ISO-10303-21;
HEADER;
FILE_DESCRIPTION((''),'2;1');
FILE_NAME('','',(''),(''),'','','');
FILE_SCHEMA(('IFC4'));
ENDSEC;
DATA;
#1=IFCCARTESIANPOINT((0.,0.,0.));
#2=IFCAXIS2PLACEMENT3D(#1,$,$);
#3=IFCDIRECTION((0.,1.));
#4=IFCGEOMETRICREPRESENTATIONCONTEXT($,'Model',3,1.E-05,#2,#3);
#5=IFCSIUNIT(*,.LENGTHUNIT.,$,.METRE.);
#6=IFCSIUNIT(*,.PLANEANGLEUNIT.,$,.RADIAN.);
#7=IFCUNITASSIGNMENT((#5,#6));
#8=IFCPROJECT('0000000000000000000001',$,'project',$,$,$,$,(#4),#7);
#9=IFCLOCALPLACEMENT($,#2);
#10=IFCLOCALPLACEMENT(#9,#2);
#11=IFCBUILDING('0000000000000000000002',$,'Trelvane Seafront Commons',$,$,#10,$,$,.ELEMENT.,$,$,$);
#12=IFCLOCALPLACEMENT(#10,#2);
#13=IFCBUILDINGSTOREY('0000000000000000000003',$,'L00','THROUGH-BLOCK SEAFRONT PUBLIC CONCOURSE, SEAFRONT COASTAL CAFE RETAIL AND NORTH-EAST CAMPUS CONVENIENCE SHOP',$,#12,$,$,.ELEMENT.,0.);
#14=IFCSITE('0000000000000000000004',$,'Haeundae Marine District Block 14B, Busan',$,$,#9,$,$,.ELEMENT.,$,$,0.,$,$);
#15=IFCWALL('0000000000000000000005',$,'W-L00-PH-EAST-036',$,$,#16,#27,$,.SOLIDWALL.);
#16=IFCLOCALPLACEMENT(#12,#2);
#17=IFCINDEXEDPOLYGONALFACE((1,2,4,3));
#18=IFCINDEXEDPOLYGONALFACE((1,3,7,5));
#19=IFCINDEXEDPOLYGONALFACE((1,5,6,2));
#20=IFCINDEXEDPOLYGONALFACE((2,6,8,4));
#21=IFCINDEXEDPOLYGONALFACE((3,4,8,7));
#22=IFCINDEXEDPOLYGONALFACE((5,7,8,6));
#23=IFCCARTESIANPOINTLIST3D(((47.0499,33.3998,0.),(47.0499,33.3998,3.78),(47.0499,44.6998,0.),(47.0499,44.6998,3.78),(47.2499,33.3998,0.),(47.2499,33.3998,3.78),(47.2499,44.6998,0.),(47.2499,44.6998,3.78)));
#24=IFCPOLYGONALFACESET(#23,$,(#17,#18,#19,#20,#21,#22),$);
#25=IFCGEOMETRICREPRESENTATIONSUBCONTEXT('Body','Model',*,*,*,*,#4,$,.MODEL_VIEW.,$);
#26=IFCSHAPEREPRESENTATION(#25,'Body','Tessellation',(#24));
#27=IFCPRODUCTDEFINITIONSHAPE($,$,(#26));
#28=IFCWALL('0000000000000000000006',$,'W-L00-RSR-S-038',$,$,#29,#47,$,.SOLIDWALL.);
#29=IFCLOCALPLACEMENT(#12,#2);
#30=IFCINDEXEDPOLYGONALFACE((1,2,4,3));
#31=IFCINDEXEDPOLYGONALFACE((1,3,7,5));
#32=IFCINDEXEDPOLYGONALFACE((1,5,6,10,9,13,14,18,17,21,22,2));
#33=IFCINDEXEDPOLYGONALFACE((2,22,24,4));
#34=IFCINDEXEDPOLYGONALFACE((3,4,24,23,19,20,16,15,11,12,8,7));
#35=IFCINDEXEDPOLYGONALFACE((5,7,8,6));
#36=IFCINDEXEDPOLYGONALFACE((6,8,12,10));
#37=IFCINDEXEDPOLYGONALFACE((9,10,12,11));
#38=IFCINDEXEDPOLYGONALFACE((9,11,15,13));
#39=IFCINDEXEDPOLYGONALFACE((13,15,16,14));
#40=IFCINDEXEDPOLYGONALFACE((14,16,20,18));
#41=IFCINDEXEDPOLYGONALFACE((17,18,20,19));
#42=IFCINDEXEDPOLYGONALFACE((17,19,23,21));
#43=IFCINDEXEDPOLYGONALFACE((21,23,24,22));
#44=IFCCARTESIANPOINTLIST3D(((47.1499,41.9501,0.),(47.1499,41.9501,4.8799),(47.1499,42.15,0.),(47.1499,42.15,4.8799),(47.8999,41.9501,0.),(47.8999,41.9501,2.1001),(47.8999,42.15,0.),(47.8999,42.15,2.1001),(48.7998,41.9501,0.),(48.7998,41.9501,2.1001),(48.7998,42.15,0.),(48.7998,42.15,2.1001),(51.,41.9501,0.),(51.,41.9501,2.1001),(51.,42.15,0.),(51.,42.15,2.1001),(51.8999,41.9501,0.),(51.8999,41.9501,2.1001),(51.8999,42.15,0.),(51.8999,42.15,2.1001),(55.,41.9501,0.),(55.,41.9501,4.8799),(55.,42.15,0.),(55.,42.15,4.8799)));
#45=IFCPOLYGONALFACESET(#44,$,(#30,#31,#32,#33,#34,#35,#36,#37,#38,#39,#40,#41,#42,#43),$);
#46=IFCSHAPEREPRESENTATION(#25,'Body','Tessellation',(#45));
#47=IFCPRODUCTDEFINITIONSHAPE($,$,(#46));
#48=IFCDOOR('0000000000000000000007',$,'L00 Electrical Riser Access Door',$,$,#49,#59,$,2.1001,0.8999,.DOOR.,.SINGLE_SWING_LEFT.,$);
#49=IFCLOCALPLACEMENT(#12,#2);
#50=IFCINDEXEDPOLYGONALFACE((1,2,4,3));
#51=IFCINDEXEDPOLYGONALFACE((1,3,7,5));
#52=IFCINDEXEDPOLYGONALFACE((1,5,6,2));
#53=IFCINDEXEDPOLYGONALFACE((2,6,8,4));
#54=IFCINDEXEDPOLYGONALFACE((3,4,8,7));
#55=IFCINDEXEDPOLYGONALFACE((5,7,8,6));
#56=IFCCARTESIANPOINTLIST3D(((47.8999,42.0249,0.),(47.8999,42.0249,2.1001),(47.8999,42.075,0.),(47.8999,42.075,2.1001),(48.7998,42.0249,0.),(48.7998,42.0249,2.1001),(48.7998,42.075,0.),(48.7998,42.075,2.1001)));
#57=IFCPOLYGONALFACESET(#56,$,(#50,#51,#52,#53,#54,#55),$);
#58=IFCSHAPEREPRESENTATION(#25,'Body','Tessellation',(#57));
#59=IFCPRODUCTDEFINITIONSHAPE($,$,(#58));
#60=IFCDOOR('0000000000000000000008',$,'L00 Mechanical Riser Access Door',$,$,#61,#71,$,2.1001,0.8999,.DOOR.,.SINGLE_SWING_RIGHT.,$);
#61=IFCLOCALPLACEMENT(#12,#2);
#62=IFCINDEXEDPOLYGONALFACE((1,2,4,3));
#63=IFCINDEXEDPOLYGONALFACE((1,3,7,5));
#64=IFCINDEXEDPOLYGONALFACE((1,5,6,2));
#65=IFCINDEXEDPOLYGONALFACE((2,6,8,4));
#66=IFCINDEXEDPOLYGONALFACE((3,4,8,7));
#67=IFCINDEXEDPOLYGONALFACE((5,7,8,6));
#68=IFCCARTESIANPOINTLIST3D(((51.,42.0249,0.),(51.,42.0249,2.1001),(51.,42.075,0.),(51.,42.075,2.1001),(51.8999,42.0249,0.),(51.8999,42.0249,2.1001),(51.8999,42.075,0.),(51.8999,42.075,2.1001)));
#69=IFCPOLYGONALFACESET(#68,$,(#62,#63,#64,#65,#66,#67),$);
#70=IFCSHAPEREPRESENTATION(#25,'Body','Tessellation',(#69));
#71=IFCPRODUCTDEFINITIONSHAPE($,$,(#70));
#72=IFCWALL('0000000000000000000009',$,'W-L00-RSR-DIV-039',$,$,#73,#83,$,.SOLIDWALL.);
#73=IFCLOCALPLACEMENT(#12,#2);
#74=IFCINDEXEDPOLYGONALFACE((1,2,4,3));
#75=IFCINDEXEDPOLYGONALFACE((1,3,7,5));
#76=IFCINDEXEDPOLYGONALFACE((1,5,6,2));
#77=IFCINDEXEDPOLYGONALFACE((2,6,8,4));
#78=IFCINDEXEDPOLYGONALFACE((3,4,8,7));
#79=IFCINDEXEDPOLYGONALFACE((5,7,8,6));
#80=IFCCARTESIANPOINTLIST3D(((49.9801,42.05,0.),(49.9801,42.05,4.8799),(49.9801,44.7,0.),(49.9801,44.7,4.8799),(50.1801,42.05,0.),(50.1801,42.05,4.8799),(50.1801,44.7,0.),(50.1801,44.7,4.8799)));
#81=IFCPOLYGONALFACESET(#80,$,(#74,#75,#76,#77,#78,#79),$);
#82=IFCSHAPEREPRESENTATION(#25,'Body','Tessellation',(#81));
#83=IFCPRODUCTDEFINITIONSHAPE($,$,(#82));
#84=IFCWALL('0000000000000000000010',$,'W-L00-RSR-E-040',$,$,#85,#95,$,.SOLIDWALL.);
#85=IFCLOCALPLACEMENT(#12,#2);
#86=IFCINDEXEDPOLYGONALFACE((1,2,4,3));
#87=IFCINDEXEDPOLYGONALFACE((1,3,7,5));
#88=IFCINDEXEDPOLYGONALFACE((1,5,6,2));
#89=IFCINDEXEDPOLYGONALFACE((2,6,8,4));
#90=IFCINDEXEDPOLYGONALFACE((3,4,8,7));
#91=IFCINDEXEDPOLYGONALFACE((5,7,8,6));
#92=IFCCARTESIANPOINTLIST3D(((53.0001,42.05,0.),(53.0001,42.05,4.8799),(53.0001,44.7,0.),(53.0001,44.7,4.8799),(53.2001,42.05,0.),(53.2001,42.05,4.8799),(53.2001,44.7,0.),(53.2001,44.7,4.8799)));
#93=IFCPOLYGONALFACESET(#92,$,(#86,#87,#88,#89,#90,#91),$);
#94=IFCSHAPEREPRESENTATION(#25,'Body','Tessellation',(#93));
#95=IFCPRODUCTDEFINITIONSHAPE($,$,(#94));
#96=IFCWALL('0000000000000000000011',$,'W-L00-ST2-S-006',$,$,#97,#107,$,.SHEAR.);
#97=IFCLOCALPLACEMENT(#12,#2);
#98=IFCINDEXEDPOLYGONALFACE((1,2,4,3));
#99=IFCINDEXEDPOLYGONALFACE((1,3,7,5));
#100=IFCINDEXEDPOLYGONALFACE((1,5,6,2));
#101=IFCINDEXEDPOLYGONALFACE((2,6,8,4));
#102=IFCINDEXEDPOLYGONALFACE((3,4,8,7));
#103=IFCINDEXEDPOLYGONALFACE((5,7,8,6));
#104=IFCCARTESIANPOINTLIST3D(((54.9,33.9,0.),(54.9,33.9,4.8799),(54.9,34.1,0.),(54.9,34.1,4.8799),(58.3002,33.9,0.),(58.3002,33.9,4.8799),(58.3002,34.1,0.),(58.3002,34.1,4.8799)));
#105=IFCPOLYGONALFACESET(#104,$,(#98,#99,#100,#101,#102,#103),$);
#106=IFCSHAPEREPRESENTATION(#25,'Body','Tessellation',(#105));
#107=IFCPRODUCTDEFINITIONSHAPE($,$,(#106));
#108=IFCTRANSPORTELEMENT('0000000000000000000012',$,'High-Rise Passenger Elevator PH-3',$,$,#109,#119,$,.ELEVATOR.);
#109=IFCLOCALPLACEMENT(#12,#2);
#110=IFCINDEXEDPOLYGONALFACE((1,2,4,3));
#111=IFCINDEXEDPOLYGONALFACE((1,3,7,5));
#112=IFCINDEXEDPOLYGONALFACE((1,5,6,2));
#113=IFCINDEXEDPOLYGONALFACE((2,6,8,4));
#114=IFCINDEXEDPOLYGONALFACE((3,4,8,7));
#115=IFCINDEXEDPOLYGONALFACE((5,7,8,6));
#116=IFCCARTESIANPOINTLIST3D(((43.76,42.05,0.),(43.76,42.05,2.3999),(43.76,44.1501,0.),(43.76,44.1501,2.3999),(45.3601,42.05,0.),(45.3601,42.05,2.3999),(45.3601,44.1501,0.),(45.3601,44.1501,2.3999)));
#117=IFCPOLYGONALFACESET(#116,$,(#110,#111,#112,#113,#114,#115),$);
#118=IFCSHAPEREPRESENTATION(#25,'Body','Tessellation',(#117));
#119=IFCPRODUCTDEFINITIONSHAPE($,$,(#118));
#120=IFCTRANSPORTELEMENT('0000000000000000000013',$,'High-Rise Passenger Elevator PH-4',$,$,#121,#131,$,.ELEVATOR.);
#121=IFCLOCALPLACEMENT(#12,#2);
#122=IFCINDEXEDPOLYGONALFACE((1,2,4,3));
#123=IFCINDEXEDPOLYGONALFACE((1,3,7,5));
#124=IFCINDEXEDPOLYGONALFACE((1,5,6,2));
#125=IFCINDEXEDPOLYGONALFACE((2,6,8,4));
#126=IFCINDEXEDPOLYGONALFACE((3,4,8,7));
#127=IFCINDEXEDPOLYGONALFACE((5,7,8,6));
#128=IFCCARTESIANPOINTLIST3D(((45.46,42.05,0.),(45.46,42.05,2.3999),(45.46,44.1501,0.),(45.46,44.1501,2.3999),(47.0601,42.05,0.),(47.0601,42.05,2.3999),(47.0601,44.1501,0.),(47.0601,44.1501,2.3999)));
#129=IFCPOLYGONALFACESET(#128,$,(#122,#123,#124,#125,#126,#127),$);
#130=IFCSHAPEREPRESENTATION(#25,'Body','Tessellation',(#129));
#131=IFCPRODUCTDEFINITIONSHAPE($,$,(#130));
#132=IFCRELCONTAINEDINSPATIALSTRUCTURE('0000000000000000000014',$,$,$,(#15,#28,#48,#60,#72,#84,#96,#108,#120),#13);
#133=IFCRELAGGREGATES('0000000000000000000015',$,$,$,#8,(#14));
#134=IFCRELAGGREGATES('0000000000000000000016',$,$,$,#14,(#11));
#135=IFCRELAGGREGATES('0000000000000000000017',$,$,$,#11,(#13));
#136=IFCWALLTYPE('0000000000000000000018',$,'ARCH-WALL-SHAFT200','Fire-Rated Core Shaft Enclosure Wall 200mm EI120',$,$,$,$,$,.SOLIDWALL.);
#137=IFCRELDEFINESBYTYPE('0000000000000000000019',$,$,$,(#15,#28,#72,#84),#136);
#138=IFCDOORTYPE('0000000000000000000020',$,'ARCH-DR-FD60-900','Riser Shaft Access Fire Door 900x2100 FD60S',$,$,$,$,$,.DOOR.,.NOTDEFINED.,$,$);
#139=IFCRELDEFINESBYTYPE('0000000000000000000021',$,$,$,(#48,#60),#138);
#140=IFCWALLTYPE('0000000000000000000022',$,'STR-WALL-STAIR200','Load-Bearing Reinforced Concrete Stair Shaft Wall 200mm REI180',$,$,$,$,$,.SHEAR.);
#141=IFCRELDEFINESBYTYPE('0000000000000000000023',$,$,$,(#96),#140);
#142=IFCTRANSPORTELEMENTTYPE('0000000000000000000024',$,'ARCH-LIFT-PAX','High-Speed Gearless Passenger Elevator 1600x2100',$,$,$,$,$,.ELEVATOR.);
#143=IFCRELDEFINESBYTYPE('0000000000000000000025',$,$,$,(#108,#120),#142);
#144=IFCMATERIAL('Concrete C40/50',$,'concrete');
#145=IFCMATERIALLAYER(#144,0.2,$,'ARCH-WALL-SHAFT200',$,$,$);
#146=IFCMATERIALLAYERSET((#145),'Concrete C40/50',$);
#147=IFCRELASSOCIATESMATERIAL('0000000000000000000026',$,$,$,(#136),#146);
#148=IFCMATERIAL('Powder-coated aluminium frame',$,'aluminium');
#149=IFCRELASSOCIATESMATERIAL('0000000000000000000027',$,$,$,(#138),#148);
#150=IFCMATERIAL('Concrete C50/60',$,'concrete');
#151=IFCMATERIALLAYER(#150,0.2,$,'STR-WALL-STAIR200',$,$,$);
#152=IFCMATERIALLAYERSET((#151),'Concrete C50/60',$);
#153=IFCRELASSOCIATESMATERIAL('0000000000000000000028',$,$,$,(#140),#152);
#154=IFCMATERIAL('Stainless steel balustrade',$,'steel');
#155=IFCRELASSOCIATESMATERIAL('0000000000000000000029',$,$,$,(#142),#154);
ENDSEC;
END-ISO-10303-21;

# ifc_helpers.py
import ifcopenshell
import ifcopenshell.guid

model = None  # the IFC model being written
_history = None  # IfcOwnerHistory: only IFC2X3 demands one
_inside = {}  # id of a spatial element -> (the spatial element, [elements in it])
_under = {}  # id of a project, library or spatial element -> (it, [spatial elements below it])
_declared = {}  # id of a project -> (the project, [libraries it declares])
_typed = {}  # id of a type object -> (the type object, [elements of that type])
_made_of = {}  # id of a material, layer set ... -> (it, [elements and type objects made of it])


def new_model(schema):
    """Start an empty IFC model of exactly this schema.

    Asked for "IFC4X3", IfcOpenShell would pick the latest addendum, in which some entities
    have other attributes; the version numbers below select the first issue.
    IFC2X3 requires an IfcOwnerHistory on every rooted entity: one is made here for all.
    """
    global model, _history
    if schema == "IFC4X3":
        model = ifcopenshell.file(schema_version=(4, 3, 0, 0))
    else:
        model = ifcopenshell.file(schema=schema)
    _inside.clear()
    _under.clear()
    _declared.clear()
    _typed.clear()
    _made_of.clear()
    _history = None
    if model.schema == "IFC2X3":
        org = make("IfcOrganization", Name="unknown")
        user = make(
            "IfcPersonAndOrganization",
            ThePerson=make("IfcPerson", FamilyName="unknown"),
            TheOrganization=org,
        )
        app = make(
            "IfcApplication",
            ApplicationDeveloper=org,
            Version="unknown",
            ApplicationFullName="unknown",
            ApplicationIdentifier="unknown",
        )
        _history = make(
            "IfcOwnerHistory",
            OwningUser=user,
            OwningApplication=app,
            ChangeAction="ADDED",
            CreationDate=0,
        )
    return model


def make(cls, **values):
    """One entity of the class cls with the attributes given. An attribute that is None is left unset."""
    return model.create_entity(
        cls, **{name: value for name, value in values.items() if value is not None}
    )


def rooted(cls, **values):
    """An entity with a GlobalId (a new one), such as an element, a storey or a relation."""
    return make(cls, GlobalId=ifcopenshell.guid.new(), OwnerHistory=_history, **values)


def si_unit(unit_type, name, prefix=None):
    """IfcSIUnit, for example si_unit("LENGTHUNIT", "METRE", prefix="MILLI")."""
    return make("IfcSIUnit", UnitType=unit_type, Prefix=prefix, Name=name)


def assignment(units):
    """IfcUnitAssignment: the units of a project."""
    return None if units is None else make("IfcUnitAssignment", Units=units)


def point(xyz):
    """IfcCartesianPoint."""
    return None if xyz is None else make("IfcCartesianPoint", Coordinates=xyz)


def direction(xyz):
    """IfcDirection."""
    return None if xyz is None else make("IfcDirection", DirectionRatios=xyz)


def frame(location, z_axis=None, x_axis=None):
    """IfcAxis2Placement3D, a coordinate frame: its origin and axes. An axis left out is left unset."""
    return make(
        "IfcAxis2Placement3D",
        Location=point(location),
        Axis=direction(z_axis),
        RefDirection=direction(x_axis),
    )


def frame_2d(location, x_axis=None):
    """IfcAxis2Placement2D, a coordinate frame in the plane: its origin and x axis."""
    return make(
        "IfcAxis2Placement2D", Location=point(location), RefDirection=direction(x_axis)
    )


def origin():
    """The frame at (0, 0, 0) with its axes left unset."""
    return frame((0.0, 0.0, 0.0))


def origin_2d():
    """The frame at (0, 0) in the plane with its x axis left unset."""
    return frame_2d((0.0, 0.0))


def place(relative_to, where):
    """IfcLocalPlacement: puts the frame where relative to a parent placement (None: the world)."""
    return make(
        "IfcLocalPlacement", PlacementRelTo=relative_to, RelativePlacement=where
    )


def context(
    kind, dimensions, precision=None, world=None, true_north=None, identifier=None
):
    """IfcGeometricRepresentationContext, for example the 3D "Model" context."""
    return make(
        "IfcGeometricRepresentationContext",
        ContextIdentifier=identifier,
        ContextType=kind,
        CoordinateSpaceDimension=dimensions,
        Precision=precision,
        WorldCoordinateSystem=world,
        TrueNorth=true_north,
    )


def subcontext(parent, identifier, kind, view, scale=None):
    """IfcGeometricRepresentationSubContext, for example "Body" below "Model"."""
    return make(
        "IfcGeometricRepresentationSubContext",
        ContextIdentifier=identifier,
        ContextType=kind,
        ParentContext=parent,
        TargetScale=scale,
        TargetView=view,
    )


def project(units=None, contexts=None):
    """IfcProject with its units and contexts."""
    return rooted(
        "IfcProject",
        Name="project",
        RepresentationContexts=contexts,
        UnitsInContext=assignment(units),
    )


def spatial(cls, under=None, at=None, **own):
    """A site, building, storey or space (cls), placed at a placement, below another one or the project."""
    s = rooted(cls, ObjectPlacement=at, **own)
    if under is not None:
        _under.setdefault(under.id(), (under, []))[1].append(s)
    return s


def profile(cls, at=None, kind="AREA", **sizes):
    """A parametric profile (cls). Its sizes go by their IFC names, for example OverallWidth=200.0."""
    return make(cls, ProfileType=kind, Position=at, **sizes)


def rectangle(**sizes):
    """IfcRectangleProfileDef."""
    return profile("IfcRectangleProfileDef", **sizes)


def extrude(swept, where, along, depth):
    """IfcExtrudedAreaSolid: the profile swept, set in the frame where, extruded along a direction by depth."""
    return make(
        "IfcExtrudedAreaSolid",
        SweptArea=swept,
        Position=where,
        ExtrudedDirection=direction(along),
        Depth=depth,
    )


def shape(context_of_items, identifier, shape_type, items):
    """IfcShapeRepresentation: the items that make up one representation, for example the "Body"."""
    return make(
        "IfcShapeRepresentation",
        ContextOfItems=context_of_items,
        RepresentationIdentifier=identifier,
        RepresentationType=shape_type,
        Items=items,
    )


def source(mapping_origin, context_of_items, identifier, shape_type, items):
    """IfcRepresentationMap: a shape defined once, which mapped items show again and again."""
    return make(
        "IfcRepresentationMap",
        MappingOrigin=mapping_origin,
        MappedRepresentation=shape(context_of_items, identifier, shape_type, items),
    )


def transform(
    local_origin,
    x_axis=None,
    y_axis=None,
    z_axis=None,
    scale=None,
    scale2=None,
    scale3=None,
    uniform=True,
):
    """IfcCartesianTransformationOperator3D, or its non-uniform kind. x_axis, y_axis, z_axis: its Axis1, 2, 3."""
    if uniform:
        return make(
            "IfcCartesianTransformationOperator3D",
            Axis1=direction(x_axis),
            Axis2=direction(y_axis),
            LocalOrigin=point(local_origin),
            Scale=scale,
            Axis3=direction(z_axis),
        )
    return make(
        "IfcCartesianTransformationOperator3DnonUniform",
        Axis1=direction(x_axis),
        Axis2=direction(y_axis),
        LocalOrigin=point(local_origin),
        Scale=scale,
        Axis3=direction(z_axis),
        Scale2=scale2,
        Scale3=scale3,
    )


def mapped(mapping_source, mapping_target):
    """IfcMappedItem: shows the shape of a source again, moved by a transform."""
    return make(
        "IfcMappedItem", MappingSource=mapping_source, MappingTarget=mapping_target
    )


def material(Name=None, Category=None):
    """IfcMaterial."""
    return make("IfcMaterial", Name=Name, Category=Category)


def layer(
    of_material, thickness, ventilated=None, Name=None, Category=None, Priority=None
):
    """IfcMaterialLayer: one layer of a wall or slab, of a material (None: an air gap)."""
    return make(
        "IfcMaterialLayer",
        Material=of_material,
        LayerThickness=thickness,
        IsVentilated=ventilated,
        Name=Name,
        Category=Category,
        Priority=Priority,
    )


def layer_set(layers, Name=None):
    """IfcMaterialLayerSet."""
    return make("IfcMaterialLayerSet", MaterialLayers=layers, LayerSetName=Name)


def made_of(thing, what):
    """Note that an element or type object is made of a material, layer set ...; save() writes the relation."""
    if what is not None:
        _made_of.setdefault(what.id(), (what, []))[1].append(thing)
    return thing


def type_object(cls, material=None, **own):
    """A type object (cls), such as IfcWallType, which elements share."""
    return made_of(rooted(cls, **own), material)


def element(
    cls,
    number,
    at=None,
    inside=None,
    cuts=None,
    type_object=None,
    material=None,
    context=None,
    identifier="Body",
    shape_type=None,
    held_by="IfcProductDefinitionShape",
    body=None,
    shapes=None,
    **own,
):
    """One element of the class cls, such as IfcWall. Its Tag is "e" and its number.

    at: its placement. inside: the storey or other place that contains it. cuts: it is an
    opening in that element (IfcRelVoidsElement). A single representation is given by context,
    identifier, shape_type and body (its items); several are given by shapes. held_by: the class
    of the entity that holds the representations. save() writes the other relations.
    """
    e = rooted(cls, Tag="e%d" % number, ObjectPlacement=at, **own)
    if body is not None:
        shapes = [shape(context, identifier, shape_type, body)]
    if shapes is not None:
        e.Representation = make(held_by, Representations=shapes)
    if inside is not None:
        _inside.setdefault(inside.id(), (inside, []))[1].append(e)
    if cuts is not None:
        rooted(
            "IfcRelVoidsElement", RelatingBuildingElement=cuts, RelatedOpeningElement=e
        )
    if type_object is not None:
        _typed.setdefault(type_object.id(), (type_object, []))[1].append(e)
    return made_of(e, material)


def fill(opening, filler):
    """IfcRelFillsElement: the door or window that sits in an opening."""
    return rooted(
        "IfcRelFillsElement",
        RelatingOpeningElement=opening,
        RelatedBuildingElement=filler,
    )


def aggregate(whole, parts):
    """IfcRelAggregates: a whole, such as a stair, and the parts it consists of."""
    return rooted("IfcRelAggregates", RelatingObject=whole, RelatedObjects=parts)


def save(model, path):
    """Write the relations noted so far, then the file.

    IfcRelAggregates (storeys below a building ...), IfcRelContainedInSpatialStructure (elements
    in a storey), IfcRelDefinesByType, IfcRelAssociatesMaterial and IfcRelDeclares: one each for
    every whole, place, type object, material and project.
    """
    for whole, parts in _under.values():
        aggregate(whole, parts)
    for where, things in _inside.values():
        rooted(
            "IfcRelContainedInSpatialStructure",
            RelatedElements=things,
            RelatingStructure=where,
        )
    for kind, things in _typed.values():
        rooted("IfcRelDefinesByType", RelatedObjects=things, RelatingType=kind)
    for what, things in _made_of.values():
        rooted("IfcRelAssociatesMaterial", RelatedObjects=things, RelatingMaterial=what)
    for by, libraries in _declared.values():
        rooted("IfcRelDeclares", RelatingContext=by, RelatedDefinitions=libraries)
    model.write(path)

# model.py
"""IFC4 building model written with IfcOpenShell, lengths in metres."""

from ifc_helpers import new_model, si_unit, direction, frame, frame_2d, origin, origin_2d, place, context, subcontext, project, spatial, rectangle, extrude, source, transform, mapped, material, layer, layer_set, type_object, element, fill, save


model = new_model("IFC4")

# Units and contexts
model_context = context("Model", 3, precision=1e-05, world=origin(), true_north=direction((0.0, 1.0)))
body_context = subcontext(model_context, "Body", "Model", "MODEL_VIEW")
ifc_project = project(units=[si_unit("LENGTHUNIT", "METRE"), si_unit("PLANEANGLEUNIT", "RADIAN")], contexts=[model_context])

# Site, building, storey
site_placement = place(None, origin())
site = spatial("IfcSite", under=ifc_project, at=site_placement, Name="Haeundae Marine District Block 14B, Busan", CompositionType="ELEMENT", RefElevation=0.0)
building_placement = place(site_placement, origin())
building = spatial("IfcBuilding", under=site, at=building_placement, Name="Trelvane Seafront Commons", CompositionType="ELEMENT")
storey_placement = place(building_placement, origin())
storey = spatial("IfcBuildingStorey", under=building, at=storey_placement, Name="L00", Description="THROUGH-BLOCK SEAFRONT PUBLIC CONCOURSE, SEAFRONT COASTAL CAFE RETAIL AND NORTH-EAST CAMPUS CONVENIENCE SHOP", CompositionType="ELEMENT", Elevation=0.0)

# Shared definitions
ifc_material_1 = material(Name="Concrete C40/50", Category="concrete")
ifc_material_2 = material(Name="Powder-coated aluminium frame", Category="aluminium")

# Wall
ifc_layer_1 = layer(ifc_material_1, 0.2, Name="ARCH-WALL-SHAFT200")
ifc_layer_set_1 = layer_set([ifc_layer_1], Name="Concrete C40/50")
wall_type_1 = type_object("IfcWallType", Name="ARCH-WALL-SHAFT200", Description="Fire-Rated Core Shaft Enclosure Wall 200mm EI120", PredefinedType="SOLIDWALL", material=ifc_layer_set_1)
wall_1_placement = place(storey_placement, frame((47.1499, 33.3999, 0.0), z_axis=(0.0, 0.0, 1.0), x_axis=(0.0, 1.0, 0.0)))
element("IfcWall", 1, at=wall_1_placement, inside=storey, type_object=wall_type_1, Name="W-L00-PH-EAST-036", PredefinedType="SOLIDWALL", context=body_context, shape_type="SweptSolid", body=[
    extrude(rectangle(XDim=11.3, YDim=0.2, at=frame_2d((5.6499, 0.0))), origin(), (0.0, 0.0, 1.0), 3.78),
])

# Wall, openings, doors
wall_2_placement = place(storey_placement, frame((47.1499, 42.05, 0.0), z_axis=(0.0, 0.0, 1.0), x_axis=(1.0, 0.0, 0.0)))
wall_2 = element("IfcWall", 2, at=wall_2_placement, inside=storey, type_object=wall_type_1, Name="W-L00-RSR-S-038", PredefinedType="SOLIDWALL", context=body_context, shape_type="SweptSolid", body=[
    extrude(rectangle(XDim=7.8501, YDim=0.2, at=frame_2d((3.925, 0.0))), origin(), (0.0, 0.0, 1.0), 4.8799),
])
opening_1_placement = place(wall_2_placement, frame((0.75, 0.0, 0.0)))
opening_1 = element("IfcOpeningElement", 3, at=opening_1_placement, cuts=wall_2, PredefinedType="OPENING", context=body_context, shape_type="SweptSolid", body=[
    extrude(rectangle(XDim=0.8999, YDim=2.1001, at=frame_2d((0.45, 1.05))), frame((0.0, 0.1099, 0.0), z_axis=(0.0, -1.0, 0.0), x_axis=(1.0, 0.0, 0.0)), (0.0, 0.0, 1.0), 0.22),
])
opening_2_placement = place(wall_2_placement, frame((3.8501, 0.0, 0.0)))
opening_2 = element("IfcOpeningElement", 4, at=opening_2_placement, cuts=wall_2, PredefinedType="OPENING", context=body_context, shape_type="SweptSolid", body=[
    extrude(rectangle(XDim=0.8999, YDim=2.1001, at=frame_2d((0.45, 1.05))), frame((0.0, 0.1099, 0.0), z_axis=(0.0, -1.0, 0.0), x_axis=(1.0, 0.0, 0.0)), (0.0, 0.0, 1.0), 0.22),
])
door_type_1 = type_object("IfcDoorType", Name="ARCH-DR-FD60-900", Description="Riser Shaft Access Fire Door 900x2100 FD60S", OperationType="NOTDEFINED", PredefinedType="DOOR", material=ifc_material_2)
shared_shape_1 = source(origin(), body_context, "Body", "SweptSolid", [
    extrude(rectangle(XDim=0.8999, YDim=2.1001, at=frame_2d((0.45, 1.05))), frame((0.0, 0.0249, 0.0), z_axis=(0.0, -1.0, 0.0), x_axis=(1.0, 0.0, 0.0)), (0.0, 0.0, 1.0), 0.05),
])
door_1_placement = place(opening_1_placement, origin())
door_1 = element("IfcDoor", 5, at=door_1_placement, inside=storey, type_object=door_type_1, Name="L00 Electrical Riser Access Door", OperationType="SINGLE_SWING_LEFT", OverallHeight=2.1001, OverallWidth=0.8999, PredefinedType="DOOR", context=body_context, shape_type="MappedRepresentation", body=[
    mapped(shared_shape_1, transform((0.0, 0.0, 0.0), x_axis=(1.0, 0.0, 0.0), y_axis=(0.0, 1.0, 0.0), z_axis=(0.0, 0.0, 1.0), scale=1.0)),
])
fill(opening_1, door_1)
door_2_placement = place(opening_2_placement, origin())
door_2 = element("IfcDoor", 6, at=door_2_placement, inside=storey, type_object=door_type_1, Name="L00 Mechanical Riser Access Door", OperationType="SINGLE_SWING_RIGHT", OverallHeight=2.1001, OverallWidth=0.8999, PredefinedType="DOOR", context=body_context, shape_type="MappedRepresentation", body=[
    mapped(shared_shape_1, transform((0.0, 0.0, 0.0), x_axis=(1.0, 0.0, 0.0), y_axis=(0.0, 1.0, 0.0), z_axis=(0.0, 0.0, 1.0), scale=1.0)),
])
fill(opening_2, door_2)

# Walls
for number, where, z_axis, x_axis, name in (
    (7, (50.0801, 42.05, 0.0), (0.0, 0.0, 1.0), (0.0, 1.0, 0.0), "W-L00-RSR-DIV-039"),
    (8, (53.1001, 42.05, 0.0), (0.0, 0.0, 1.0), (0.0, 1.0, 0.0), "W-L00-RSR-E-040"),
):
    element("IfcWall", number, at=place(storey_placement, frame(where, z_axis=z_axis, x_axis=x_axis)), inside=storey, type_object=wall_type_1, Name=name, PredefinedType="SOLIDWALL", context=body_context, shape_type="SweptSolid", body=[
        extrude(rectangle(XDim=2.6499, YDim=0.2, at=frame_2d((1.325, 0.0))), origin(), (0.0, 0.0, 1.0), 4.8799),
    ])
ifc_material_3 = material(Name="Concrete C50/60", Category="concrete")
ifc_layer_2 = layer(ifc_material_3, 0.2, Name="STR-WALL-STAIR200")
ifc_layer_set_2 = layer_set([ifc_layer_2], Name="Concrete C50/60")
wall_type_2 = type_object("IfcWallType", Name="STR-WALL-STAIR200", Description="Load-Bearing Reinforced Concrete Stair Shaft Wall 200mm REI180", PredefinedType="SHEAR", material=ifc_layer_set_2)
wall_3_placement = place(storey_placement, frame((54.8999, 34.0, 0.0), z_axis=(0.0, 0.0, 1.0), x_axis=(1.0, 0.0, 0.0)))
element("IfcWall", 9, at=wall_3_placement, inside=storey, type_object=wall_type_2, Name="W-L00-ST2-S-006", PredefinedType="SHEAR", context=body_context, shape_type="SweptSolid", body=[
    extrude(rectangle(XDim=3.4001, YDim=0.2, at=frame_2d((1.7002, 0.0))), origin(), (0.0, 0.0, 1.0), 4.8799),
])

# Transport elements
ifc_material_4 = material(Name="Stainless steel balustrade", Category="steel")
transport_element_type = type_object("IfcTransportElementType", Name="ARCH-LIFT-PAX", Description="High-Speed Gearless Passenger Elevator 1600x2100", PredefinedType="ELEVATOR", material=ifc_material_4)
shared_shape_2 = source(origin(), body_context, "Body", "SweptSolid", [
    extrude(rectangle(XDim=1.6001, YDim=2.1001, at=origin_2d()), origin(), (0.0, 0.0, 1.0), 2.3999),
])
for number, where, z_axis, x_axis, name in (
    (10, (44.5601, 43.1001, 0.0), (0.0, 0.0, 1.0), (1.0, 0.0, 0.0), "High-Rise Passenger Elevator PH-3"),
    (11, (46.26, 43.1001, 0.0), (0.0, 0.0, 1.0), (1.0, 0.0, 0.0), "High-Rise Passenger Elevator PH-4"),
):
    element("IfcTransportElement", number, at=place(storey_placement, frame(where, z_axis=z_axis, x_axis=x_axis)), inside=storey, type_object=transport_element_type, Name=name, PredefinedType="ELEVATOR", context=body_context, shape_type="MappedRepresentation", body=[
        mapped(shared_shape_2, transform((0.0, 0.0, 0.0), x_axis=(1.0, 0.0, 0.0), y_axis=(0.0, 1.0, 0.0), z_axis=(0.0, 0.0, 1.0), scale=1.0)),
    ])

save(model, "model.ifc")
